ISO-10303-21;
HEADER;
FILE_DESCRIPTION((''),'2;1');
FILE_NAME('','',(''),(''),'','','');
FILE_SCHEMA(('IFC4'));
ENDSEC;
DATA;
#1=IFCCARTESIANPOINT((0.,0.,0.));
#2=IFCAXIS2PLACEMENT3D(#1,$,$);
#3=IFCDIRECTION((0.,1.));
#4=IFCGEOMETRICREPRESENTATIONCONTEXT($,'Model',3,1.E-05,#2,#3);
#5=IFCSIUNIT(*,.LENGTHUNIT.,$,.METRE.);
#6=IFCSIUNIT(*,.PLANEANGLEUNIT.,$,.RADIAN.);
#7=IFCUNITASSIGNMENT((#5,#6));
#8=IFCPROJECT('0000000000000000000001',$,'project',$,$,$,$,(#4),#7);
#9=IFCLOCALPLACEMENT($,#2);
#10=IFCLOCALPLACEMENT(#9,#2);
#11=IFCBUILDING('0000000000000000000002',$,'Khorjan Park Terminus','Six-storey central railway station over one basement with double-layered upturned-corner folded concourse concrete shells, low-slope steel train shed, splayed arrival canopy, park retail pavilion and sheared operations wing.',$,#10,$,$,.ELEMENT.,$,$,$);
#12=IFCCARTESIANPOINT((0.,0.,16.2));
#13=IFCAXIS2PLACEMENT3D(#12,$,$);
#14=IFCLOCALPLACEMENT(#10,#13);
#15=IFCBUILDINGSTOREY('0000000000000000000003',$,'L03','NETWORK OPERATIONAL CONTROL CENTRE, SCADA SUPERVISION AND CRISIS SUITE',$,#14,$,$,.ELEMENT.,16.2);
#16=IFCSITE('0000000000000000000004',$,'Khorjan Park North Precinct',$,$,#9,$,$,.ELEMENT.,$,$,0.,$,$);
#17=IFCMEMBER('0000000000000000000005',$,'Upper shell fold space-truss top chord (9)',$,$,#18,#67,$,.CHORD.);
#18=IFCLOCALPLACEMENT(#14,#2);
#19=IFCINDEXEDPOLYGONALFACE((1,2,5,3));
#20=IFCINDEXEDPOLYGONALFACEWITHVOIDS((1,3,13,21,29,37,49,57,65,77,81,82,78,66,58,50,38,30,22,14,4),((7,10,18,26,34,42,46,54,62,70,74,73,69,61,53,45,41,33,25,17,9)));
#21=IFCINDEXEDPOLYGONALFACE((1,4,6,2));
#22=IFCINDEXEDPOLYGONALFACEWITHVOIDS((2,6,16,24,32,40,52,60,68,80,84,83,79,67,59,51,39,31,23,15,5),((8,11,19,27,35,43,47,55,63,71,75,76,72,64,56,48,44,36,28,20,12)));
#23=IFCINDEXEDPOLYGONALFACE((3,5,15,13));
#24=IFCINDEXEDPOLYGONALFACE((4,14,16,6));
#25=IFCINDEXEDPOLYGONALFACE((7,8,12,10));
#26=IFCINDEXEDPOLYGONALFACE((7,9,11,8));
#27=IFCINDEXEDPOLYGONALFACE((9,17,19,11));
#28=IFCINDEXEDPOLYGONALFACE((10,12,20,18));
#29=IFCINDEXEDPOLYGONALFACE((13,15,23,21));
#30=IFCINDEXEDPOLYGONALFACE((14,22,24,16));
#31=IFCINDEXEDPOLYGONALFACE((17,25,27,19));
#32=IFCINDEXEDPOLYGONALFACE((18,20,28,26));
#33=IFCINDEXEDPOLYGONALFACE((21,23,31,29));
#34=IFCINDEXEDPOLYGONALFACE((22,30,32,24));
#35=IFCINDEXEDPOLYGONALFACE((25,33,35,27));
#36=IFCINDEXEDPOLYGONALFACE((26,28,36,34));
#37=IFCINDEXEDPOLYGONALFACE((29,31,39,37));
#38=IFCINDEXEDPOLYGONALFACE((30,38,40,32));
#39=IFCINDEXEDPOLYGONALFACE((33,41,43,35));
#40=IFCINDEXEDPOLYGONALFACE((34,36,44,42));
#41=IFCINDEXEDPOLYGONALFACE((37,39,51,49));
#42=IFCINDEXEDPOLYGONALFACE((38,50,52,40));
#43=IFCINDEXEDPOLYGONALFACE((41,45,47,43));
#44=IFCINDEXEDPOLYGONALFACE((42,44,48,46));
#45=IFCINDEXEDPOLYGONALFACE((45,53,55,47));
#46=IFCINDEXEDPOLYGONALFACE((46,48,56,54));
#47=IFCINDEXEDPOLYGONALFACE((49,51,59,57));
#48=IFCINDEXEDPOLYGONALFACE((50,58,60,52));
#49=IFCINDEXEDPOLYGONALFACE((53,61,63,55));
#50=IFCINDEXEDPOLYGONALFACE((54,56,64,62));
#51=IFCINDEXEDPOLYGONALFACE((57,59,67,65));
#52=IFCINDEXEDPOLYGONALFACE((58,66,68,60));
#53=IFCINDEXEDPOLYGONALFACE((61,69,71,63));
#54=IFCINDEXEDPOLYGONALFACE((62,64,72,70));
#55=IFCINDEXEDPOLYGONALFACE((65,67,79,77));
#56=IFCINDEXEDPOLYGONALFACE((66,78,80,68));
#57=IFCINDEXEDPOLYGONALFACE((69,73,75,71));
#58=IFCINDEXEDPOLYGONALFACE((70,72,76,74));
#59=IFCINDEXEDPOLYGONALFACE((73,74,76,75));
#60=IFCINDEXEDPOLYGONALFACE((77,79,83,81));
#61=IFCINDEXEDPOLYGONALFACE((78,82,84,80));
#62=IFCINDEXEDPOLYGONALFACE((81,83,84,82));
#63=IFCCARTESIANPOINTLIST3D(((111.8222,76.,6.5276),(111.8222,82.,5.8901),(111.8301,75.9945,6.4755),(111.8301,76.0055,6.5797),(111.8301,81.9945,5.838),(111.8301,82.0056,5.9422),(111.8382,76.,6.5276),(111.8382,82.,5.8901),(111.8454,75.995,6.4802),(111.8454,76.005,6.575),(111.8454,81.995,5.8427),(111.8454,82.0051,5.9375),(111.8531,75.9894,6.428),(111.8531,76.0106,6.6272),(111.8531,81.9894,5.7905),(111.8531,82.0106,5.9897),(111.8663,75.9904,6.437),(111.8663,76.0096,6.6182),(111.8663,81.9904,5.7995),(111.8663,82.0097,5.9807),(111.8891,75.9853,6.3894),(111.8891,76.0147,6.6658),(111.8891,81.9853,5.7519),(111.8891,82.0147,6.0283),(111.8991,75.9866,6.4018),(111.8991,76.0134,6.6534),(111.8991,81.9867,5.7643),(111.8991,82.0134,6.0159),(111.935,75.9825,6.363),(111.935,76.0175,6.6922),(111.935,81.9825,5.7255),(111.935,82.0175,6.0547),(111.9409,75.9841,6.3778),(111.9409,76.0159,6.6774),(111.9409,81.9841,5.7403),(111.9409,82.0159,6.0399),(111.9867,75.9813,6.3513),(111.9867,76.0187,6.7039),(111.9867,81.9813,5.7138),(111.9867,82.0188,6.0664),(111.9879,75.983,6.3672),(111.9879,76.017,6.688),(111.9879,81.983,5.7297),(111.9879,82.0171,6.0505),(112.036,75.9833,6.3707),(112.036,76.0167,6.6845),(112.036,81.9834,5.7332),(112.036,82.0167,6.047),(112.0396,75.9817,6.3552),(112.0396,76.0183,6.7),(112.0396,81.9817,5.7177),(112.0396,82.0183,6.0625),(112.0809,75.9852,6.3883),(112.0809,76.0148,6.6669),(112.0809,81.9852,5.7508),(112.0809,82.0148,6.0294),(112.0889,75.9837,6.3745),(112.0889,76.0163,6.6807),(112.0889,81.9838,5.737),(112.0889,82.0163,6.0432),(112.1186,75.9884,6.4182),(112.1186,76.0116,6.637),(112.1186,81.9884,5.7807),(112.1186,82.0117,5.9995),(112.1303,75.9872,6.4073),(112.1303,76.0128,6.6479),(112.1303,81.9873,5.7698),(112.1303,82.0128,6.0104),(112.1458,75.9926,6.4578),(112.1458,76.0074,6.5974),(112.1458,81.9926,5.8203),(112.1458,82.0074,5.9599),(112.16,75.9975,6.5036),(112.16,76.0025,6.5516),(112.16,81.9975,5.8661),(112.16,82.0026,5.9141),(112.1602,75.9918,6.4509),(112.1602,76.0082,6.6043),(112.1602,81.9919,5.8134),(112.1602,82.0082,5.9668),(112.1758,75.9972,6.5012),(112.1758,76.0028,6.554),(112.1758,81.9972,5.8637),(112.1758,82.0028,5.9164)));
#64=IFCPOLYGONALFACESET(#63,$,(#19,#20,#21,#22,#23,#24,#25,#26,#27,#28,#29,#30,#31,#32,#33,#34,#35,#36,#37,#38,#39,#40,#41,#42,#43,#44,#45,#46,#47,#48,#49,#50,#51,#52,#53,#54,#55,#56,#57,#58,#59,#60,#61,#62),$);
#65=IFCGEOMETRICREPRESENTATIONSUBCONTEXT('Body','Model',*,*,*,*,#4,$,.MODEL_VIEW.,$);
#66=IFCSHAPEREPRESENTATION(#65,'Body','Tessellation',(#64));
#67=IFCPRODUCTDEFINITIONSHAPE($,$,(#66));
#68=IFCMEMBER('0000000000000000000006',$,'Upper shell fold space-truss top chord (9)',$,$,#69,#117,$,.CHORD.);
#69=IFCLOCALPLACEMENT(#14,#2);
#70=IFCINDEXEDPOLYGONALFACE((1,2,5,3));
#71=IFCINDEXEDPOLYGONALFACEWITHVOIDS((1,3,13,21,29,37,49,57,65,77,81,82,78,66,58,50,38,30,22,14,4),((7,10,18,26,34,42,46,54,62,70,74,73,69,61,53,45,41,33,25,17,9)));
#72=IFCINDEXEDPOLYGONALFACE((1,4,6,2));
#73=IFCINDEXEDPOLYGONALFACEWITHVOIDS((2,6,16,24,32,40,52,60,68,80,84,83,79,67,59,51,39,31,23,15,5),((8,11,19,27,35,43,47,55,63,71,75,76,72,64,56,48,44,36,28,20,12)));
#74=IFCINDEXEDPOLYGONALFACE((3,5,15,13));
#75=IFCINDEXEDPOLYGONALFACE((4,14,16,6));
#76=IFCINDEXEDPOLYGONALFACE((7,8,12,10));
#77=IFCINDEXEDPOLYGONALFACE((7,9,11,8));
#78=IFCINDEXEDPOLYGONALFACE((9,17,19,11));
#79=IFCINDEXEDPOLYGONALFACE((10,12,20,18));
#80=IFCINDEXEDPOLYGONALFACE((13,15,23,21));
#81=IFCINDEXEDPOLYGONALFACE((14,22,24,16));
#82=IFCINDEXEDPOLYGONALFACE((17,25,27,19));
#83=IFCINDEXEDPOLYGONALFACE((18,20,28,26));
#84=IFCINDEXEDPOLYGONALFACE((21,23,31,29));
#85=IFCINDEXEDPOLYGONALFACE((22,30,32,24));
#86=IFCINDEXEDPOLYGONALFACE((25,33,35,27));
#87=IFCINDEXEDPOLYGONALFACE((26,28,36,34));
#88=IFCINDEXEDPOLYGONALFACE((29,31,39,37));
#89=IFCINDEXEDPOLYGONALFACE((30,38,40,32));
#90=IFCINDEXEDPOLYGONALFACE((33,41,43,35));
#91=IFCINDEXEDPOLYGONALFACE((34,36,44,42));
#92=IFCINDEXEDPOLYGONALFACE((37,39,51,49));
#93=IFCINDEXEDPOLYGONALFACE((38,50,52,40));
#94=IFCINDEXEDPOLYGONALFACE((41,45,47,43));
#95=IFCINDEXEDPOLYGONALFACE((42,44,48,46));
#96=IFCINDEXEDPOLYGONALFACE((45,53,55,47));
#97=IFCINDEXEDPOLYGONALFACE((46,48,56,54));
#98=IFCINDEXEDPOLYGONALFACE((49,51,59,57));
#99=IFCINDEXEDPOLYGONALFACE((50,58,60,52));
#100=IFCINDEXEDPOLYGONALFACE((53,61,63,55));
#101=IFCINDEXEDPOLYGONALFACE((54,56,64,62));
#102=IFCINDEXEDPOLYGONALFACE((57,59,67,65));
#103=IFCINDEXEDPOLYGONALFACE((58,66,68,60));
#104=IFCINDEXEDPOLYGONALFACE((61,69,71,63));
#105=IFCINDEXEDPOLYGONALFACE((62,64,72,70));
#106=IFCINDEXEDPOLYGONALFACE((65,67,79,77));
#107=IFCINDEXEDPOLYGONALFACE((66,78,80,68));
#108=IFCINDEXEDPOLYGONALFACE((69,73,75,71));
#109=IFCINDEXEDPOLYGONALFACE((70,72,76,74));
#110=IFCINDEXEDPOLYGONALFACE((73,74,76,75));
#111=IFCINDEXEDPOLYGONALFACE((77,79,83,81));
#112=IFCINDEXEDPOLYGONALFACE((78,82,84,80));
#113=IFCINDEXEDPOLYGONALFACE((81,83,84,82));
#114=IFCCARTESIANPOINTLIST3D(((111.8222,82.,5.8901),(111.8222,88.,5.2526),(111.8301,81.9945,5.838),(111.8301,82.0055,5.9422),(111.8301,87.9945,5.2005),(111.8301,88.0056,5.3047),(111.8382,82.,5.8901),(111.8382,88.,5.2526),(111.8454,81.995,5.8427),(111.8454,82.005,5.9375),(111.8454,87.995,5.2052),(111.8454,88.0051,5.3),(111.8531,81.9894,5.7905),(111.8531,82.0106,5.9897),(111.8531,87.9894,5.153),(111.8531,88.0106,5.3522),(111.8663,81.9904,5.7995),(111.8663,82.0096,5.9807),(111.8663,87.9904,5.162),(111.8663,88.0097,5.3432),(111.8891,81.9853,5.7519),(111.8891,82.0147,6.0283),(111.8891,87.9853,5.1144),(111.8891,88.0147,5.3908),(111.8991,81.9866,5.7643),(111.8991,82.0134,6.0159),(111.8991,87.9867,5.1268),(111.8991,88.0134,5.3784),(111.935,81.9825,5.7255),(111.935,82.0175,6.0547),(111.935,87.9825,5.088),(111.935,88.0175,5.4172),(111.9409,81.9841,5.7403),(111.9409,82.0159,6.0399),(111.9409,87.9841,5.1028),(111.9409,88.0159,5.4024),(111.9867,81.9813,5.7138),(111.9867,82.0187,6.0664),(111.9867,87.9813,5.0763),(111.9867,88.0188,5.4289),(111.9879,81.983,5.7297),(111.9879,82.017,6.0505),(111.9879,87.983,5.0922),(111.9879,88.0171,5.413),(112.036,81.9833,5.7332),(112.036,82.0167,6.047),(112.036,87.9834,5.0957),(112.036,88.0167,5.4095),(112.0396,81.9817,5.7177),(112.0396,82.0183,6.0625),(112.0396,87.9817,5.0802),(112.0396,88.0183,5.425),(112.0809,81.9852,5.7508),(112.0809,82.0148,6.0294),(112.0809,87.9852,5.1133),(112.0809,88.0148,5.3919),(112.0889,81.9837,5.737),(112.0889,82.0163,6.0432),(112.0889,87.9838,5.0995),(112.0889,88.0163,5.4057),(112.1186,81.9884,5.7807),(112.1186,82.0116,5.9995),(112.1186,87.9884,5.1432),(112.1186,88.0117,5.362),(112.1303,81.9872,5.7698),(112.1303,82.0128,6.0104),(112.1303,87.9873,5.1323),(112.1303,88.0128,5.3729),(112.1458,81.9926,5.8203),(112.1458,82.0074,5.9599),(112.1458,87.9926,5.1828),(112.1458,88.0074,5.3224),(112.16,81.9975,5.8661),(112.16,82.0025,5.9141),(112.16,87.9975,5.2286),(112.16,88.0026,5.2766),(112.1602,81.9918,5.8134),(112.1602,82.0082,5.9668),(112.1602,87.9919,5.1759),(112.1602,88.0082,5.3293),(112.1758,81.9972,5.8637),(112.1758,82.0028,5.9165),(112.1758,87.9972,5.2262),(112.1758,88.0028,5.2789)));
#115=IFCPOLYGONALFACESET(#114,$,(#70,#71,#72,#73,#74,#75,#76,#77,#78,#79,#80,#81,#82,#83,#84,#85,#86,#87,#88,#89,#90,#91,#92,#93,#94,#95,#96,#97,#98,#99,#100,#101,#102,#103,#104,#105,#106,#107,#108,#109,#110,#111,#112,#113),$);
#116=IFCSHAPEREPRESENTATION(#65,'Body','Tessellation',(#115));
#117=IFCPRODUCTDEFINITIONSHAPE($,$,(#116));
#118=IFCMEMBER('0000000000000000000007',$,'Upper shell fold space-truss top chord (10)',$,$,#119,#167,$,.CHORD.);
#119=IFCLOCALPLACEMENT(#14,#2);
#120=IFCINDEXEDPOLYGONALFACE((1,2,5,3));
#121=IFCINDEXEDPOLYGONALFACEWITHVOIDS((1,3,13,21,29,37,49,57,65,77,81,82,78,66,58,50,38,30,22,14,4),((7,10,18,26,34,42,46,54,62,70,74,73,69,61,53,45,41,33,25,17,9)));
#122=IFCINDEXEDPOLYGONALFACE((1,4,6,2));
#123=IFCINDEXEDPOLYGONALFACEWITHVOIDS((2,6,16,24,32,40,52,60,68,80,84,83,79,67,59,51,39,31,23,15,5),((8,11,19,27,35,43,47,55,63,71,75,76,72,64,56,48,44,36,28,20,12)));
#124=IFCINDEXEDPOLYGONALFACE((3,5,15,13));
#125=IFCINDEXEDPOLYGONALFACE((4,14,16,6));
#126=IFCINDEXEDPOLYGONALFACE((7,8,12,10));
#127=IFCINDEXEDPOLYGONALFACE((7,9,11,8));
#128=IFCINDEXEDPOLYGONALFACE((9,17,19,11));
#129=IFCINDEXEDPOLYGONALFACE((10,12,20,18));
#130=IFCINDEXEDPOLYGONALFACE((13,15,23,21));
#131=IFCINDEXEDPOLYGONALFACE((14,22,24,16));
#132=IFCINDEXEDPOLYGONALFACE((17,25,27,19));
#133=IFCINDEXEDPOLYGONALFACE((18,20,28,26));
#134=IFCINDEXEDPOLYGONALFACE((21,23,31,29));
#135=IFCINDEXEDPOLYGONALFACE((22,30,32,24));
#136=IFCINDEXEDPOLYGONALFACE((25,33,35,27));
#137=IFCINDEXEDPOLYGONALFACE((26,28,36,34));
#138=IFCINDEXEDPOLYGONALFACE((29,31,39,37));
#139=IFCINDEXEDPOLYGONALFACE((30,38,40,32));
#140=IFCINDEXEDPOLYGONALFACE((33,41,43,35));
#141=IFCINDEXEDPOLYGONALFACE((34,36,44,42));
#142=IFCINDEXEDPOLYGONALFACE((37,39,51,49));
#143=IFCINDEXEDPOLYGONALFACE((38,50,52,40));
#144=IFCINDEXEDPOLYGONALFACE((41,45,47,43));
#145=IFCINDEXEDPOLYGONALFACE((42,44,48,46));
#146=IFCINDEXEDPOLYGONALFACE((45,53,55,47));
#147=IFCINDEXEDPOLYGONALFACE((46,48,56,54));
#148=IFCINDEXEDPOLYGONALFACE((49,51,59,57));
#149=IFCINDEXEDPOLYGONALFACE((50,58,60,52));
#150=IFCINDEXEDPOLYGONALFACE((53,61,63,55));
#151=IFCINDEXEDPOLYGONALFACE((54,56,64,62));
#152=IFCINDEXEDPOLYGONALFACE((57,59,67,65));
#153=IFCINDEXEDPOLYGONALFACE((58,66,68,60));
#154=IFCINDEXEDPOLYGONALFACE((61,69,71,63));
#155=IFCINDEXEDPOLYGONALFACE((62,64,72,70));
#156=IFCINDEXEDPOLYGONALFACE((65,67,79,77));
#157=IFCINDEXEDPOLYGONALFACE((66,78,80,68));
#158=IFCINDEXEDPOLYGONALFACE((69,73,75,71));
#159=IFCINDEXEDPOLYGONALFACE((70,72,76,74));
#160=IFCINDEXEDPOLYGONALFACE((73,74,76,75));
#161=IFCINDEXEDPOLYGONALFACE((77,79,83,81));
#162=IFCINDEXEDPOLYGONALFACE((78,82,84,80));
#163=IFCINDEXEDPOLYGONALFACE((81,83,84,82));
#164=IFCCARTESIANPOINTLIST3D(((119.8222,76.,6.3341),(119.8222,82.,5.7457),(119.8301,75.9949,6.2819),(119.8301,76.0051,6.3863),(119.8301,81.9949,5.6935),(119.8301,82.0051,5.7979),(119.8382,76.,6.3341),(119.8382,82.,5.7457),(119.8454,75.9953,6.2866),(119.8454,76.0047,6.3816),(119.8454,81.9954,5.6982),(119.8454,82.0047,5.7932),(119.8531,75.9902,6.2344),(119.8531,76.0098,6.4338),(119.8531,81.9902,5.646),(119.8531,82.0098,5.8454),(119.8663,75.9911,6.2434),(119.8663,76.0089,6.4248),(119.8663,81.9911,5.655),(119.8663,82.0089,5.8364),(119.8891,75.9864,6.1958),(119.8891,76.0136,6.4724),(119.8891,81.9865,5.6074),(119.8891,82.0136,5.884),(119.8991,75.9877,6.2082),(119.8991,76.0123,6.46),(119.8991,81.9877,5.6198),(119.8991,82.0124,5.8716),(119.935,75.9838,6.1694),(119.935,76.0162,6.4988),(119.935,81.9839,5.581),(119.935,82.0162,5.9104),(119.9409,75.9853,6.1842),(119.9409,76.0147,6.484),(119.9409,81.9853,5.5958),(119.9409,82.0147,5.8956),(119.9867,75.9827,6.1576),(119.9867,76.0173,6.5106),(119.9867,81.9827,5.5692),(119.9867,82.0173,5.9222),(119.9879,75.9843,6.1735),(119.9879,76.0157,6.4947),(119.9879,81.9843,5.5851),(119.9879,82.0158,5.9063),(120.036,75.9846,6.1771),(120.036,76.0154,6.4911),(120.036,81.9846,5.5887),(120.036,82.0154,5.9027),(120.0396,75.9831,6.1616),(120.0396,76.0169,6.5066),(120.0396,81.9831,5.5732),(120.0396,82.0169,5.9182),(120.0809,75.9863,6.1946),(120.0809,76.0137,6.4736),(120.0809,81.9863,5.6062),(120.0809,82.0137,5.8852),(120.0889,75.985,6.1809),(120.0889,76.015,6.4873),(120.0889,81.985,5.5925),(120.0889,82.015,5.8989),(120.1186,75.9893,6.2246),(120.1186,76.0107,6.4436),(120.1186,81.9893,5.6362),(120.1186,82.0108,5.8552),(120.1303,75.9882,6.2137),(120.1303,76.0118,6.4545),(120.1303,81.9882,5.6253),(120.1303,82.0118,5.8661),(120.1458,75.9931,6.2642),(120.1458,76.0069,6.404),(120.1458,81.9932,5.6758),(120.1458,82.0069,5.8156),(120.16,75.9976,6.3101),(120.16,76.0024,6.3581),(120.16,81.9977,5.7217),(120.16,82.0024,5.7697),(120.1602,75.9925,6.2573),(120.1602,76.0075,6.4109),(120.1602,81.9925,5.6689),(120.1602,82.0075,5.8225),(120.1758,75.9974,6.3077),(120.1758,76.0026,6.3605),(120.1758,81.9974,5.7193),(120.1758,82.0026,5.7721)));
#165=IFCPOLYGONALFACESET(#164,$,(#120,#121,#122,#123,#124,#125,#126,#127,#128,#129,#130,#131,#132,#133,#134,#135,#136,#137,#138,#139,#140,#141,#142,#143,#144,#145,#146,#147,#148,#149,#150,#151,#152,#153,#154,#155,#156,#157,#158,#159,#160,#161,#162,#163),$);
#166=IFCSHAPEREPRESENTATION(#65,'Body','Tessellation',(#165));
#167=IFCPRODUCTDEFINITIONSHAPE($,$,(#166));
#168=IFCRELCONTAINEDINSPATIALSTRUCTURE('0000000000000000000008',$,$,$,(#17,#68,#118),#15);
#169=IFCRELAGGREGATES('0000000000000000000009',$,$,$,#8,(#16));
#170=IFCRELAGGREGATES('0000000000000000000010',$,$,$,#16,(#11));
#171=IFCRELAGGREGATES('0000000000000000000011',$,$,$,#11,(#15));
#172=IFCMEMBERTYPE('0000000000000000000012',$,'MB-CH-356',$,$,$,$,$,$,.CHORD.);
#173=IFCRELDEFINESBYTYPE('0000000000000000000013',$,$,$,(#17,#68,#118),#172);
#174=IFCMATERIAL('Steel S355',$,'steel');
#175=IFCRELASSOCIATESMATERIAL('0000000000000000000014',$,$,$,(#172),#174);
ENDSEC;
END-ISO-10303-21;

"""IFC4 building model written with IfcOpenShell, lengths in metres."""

from ifc_helpers import new_model, si_unit, direction, frame, origin, origin_2d, place, context, subcontext, project, spatial, hollow_circle, extrude, material, material_profile, profile_set, type_object, element, save


model = new_model("IFC4")

# Units and contexts
model_context = context("Model", 3, precision=1e-05, world=origin(), true_north=direction((0.0, 1.0)))
body_context = subcontext(model_context, "Body", "Model", "MODEL_VIEW")
ifc_project = project(units=[si_unit("LENGTHUNIT", "METRE"), si_unit("PLANEANGLEUNIT", "RADIAN")], contexts=[model_context])

# Site, building, storey
site_placement = place(None, origin())
site = spatial("IfcSite", under=ifc_project, at=site_placement, Name="Khorjan Park North Precinct", CompositionType="ELEMENT", RefElevation=0.0)
building_placement = place(site_placement, origin())
building = spatial("IfcBuilding", under=site, at=building_placement, Name="Khorjan Park Terminus", Description="Six-storey central railway station over one basement with double-layered upturned-corner folded concourse concrete shells, low-slope steel train shed, splayed arrival canopy, park retail pavilion and sheared operations wing.", CompositionType="ELEMENT")
storey_placement = place(building_placement, frame((0.0, 0.0, 16.2)))
storey = spatial("IfcBuildingStorey", under=building, at=storey_placement, Name="L03", Description="NETWORK OPERATIONAL CONTROL CENTRE, SCADA SUPERVISION AND CRISIS SUITE", CompositionType="ELEMENT", Elevation=16.2)

# Members
ifc_material = material(Name="Steel S355", Category="steel")
ifc_material_profile_1 = material_profile(ifc_material, hollow_circle(Radius=0.1778, WallThickness=0.016, at=origin_2d()), Name="CHS 355.6x16")
ifc_profile_set_1 = profile_set([ifc_material_profile_1], Name="Steel S355")
member_type_1 = type_object("IfcMemberType", Name="MB-CH-356", PredefinedType="CHORD", material=ifc_profile_set_1)
for number, where, z_axis, x_axis, name in (
    (1, (112.0, 76.0, 6.5276), (0.0, 0.994403, -0.105655), (-1.0, 0.0, 0.0), "Upper shell fold space-truss top chord (9)"),
    (2, (112.0, 82.0, 5.8901), (0.0, 0.994403, -0.105655), (-1.0, 0.0, 0.0), "Upper shell fold space-truss top chord (9)"),
):
    element("IfcMember", number, at=place(storey_placement, frame(where, z_axis=z_axis, x_axis=x_axis)), inside=storey, type_object=member_type_1, Name=name, PredefinedType="CHORD", context=body_context, shape_type="SweptSolid", body=[
        extrude(hollow_circle(Radius=0.1778, WallThickness=0.016, at=origin_2d()), origin(), (0.0, 0.0, 1.0), 6.0338),
    ])
member_1_placement = place(storey_placement, frame((120.0, 76.0, 6.3341), z_axis=(0.0, 0.995226, -0.097598), x_axis=(-1.0, 0.0, 0.0)))
element("IfcMember", 3, at=member_1_placement, inside=storey, type_object=member_type_1, Name="Upper shell fold space-truss top chord (10)", PredefinedType="CHORD", context=body_context, shape_type="SweptSolid", body=[
    extrude(hollow_circle(Radius=0.1778, WallThickness=0.016, at=origin_2d()), origin(), (0.0, 0.0, 1.0), 6.0288),
])

save(model, "model.ifc")
